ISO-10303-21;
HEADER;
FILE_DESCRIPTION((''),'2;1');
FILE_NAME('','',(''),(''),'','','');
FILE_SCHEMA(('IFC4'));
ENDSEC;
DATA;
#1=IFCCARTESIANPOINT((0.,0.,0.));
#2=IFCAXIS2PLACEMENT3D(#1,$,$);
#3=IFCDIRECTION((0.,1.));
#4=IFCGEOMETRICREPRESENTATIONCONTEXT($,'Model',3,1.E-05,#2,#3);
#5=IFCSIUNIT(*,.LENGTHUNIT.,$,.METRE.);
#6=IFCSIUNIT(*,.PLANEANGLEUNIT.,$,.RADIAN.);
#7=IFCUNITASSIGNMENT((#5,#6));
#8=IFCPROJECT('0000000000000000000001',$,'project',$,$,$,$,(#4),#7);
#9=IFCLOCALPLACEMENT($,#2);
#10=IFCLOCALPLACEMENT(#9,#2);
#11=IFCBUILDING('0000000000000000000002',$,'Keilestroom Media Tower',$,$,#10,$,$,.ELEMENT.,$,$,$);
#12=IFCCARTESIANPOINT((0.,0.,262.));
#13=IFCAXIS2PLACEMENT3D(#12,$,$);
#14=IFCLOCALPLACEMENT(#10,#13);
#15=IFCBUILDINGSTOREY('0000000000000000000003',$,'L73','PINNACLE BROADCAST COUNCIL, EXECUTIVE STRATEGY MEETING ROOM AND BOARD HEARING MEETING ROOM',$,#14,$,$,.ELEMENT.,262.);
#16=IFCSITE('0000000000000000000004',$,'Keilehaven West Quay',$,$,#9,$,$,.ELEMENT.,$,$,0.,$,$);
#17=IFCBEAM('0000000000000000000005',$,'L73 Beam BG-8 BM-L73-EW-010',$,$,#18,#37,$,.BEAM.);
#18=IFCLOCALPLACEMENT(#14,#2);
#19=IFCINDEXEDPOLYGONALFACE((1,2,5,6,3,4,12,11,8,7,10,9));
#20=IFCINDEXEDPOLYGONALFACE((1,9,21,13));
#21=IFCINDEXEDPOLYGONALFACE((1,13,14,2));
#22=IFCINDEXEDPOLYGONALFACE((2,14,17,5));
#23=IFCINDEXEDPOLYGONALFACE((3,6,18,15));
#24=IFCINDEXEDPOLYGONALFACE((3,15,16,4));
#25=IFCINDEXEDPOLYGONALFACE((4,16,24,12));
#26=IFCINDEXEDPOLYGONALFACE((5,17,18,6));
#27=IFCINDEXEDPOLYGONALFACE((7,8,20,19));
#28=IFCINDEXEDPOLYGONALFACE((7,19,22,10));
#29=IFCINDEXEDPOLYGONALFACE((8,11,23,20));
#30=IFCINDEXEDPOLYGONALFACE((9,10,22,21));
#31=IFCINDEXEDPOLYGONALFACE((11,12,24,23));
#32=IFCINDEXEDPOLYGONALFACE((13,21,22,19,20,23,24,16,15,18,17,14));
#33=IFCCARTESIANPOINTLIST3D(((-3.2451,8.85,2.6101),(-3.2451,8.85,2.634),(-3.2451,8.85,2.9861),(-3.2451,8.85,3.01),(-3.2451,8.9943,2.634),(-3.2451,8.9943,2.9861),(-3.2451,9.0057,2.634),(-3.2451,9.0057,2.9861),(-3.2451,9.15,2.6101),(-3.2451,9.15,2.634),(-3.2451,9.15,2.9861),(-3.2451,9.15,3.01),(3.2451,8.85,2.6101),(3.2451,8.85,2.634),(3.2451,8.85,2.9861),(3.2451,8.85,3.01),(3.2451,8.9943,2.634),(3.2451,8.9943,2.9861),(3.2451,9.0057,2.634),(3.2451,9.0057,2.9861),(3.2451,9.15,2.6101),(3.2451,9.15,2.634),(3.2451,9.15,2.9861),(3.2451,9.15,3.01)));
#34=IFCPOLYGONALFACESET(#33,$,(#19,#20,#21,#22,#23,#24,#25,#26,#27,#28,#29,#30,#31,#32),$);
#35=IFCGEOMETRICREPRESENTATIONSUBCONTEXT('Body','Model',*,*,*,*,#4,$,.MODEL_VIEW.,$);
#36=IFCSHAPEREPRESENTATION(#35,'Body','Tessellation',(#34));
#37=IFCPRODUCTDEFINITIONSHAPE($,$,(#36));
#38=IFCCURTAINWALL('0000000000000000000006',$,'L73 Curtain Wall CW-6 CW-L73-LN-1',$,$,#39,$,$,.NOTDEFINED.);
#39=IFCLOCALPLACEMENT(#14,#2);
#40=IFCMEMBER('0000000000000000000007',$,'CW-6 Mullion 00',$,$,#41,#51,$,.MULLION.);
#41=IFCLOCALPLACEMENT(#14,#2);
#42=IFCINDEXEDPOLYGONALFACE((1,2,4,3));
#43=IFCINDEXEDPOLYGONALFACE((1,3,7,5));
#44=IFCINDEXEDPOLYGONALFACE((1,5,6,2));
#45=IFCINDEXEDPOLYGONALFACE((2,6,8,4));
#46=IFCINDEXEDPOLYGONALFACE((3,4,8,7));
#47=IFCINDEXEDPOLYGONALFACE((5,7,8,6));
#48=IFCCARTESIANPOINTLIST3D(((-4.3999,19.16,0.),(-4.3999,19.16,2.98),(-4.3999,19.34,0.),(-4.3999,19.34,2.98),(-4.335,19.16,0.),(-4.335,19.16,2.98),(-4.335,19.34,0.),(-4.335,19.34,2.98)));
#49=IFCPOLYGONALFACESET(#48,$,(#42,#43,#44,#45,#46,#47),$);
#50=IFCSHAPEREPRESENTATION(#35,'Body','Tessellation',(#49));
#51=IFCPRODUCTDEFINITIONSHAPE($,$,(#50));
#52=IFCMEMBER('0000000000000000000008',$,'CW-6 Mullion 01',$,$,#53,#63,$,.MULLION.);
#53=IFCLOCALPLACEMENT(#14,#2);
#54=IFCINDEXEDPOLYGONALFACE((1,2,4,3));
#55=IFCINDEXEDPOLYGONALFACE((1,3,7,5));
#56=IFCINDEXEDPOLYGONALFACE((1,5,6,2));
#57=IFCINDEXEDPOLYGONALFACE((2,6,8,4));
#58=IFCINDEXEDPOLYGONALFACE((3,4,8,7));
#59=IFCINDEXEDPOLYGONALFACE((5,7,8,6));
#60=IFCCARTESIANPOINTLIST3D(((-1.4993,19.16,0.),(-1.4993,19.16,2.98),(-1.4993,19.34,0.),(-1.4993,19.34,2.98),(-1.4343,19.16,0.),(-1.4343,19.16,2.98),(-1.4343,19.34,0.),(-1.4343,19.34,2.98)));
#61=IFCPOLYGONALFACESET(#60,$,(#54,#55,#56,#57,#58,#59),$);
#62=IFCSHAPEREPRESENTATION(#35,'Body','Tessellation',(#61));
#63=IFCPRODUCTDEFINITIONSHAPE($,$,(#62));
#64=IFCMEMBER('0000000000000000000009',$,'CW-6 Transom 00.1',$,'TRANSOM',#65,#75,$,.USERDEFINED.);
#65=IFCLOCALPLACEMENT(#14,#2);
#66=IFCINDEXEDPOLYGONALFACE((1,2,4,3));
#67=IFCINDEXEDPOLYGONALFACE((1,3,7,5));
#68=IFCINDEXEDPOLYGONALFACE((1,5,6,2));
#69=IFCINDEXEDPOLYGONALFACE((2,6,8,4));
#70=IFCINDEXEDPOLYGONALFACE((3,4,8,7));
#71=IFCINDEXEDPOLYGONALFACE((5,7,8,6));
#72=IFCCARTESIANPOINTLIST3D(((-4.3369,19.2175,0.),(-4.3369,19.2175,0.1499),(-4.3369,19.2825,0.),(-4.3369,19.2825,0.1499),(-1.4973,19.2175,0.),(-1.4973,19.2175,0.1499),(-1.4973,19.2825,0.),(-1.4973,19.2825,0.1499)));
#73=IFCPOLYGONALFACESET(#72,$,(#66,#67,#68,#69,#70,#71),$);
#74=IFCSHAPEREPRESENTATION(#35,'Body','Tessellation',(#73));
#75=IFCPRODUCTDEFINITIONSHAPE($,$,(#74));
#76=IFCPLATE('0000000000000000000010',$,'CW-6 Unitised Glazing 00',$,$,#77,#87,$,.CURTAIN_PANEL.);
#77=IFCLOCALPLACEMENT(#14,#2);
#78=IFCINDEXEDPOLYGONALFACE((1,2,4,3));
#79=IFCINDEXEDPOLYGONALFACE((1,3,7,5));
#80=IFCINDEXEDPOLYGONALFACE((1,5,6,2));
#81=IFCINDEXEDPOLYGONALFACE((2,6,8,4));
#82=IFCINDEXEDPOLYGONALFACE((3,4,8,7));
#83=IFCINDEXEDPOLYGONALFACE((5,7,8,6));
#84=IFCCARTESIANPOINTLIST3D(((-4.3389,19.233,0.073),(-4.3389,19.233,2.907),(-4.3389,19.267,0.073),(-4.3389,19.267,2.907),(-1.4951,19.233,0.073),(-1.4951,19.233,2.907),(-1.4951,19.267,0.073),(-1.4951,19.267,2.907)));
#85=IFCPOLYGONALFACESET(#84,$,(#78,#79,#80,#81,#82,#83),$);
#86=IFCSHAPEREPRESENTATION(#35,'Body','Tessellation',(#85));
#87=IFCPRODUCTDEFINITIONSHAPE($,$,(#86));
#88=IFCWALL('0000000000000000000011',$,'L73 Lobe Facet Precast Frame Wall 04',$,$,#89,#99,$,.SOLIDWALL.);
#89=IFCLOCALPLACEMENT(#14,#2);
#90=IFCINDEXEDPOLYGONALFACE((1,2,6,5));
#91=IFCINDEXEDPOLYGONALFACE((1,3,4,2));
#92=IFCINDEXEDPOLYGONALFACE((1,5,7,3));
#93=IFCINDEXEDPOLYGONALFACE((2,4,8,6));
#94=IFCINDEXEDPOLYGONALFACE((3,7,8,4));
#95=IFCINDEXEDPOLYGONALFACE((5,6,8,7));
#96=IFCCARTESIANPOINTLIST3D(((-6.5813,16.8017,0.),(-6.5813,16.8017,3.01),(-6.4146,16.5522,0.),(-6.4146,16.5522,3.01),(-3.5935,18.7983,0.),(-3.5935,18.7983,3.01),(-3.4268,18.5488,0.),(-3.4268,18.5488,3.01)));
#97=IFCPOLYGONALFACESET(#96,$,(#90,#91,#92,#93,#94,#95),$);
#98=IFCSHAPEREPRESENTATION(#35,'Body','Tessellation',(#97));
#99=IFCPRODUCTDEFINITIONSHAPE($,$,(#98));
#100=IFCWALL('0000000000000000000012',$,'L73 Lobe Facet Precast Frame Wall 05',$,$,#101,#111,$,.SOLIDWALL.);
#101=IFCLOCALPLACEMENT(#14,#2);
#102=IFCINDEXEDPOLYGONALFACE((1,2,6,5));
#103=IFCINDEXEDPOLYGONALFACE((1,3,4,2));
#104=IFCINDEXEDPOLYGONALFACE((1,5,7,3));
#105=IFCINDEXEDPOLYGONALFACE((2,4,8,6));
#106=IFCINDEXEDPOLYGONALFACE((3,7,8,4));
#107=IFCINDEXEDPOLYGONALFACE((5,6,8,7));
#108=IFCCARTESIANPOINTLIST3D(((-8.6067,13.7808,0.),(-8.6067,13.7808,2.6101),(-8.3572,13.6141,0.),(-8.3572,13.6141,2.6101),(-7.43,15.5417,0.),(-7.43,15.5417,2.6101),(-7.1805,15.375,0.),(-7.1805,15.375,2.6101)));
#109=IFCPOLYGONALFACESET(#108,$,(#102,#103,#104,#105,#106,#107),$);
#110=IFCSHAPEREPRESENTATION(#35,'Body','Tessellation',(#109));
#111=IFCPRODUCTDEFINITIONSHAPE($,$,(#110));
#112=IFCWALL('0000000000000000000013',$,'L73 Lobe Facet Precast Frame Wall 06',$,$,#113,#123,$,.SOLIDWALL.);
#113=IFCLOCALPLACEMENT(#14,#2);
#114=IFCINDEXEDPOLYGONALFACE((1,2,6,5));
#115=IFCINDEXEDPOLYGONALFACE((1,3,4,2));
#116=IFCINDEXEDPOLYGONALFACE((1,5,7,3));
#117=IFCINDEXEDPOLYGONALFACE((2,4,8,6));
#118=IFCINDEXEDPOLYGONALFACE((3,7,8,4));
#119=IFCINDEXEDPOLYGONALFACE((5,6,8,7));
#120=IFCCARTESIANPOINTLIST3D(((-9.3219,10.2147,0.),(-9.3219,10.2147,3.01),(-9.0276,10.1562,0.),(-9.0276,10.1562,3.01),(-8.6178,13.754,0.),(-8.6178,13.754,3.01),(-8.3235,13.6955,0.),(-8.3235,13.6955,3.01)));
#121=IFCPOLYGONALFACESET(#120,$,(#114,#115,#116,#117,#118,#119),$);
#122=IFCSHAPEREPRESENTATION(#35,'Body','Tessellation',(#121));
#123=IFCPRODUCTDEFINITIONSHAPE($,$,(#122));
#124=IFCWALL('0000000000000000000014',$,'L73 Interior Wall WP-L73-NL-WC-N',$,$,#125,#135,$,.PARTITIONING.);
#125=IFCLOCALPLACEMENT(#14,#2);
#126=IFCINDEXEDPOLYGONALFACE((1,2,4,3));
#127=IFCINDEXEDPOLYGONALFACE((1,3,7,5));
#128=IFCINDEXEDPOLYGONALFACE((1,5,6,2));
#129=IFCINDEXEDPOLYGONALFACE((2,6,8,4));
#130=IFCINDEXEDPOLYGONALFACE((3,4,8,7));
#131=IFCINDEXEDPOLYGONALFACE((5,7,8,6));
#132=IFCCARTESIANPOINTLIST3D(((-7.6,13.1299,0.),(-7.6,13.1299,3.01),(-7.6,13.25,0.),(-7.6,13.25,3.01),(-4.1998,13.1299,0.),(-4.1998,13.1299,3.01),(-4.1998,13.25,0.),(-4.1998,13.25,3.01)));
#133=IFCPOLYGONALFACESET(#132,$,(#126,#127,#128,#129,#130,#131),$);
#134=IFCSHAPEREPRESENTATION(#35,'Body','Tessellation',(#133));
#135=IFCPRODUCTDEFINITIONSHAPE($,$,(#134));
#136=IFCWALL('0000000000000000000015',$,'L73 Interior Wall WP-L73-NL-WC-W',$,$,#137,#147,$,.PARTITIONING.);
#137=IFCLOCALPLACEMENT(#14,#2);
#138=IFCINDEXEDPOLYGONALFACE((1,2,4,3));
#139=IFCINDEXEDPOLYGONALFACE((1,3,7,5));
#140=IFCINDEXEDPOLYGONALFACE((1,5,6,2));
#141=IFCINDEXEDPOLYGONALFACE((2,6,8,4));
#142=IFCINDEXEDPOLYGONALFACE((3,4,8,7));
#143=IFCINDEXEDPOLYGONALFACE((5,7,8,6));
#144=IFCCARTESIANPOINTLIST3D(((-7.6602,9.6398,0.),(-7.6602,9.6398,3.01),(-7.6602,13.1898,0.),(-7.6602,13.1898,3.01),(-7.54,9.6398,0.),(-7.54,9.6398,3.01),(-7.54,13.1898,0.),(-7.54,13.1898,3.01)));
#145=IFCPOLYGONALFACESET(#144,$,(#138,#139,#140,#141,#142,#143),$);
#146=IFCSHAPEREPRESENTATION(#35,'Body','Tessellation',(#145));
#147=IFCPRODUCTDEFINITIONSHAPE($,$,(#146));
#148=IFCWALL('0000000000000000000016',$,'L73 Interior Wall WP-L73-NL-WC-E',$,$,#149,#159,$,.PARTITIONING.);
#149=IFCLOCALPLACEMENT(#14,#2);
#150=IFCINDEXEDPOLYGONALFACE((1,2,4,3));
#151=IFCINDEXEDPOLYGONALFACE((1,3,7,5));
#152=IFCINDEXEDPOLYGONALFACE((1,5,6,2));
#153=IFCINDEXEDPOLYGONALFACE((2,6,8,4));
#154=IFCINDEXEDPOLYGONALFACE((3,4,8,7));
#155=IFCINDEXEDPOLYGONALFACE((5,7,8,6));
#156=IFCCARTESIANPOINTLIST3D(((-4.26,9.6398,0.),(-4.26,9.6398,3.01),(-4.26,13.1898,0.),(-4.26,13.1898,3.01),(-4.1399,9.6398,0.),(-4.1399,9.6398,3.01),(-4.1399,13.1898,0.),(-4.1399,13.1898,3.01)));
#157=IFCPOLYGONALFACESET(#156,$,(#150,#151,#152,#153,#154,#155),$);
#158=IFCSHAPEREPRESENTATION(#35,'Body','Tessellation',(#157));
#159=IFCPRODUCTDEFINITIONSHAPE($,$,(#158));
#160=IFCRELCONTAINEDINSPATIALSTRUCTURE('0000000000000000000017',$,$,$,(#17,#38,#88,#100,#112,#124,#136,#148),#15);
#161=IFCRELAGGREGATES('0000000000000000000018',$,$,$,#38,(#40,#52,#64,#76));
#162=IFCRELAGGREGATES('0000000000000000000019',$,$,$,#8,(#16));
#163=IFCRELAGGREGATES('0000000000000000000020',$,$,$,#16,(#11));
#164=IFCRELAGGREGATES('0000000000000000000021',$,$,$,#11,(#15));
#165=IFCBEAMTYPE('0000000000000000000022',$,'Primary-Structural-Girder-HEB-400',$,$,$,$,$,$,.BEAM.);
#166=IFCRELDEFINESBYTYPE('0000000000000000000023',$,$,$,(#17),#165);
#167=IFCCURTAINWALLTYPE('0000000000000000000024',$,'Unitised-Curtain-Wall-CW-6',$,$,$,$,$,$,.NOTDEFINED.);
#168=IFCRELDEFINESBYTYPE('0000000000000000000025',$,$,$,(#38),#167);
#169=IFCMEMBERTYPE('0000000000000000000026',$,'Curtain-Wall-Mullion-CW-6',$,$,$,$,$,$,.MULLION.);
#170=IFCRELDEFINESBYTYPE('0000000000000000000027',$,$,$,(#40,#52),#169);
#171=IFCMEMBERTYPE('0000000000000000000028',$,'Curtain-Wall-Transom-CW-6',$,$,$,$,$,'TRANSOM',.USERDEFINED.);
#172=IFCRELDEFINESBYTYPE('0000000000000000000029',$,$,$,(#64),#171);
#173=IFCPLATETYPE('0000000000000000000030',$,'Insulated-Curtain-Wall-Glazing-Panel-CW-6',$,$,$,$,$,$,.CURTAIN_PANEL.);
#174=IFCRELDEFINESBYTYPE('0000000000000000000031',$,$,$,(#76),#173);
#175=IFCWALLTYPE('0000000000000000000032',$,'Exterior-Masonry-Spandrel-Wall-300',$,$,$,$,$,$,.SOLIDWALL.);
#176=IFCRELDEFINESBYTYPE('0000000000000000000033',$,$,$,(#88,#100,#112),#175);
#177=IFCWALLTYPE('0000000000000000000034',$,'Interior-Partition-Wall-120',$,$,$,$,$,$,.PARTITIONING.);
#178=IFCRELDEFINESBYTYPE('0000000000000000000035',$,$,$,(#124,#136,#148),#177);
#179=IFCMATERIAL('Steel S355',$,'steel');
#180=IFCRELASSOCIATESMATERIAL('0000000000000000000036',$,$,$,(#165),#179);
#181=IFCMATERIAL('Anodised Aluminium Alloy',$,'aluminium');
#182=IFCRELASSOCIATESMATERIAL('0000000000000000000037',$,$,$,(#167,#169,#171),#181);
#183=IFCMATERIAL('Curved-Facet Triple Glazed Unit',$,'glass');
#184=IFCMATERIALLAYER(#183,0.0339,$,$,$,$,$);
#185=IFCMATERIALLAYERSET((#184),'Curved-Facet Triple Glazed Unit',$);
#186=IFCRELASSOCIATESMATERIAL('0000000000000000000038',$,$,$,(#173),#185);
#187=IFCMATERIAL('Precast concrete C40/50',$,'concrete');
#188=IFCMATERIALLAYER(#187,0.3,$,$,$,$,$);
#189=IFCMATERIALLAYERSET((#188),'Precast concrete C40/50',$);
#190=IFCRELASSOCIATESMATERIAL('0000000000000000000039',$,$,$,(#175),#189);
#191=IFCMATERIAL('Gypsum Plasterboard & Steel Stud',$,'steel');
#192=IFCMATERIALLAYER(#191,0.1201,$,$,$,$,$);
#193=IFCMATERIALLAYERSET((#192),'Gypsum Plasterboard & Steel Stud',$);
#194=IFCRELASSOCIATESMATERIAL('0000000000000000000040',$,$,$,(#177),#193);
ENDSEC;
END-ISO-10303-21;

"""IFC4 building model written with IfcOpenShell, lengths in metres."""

from ifc_helpers import new_model, si_unit, direction, frame, frame_2d, origin, origin_2d, place, context, subcontext, project, spatial, rectangle, i_section, extrude, source, transform, mapped, material, layer, layer_set, material_profile, profile_set, type_object, element, aggregate, save


model = new_model("IFC4")

# Units and contexts
model_context = context("Model", 3, precision=1e-05, world=origin(), true_north=direction((0.0, 1.0)))
body_context = subcontext(model_context, "Body", "Model", "MODEL_VIEW")
ifc_project = project(units=[si_unit("LENGTHUNIT", "METRE"), si_unit("PLANEANGLEUNIT", "RADIAN")], contexts=[model_context])

# Site, building, storey
site_placement = place(None, origin())
site = spatial("IfcSite", under=ifc_project, at=site_placement, Name="Keilehaven West Quay", CompositionType="ELEMENT", RefElevation=0.0)
building_placement = place(site_placement, origin())
building = spatial("IfcBuilding", under=site, at=building_placement, Name="Keilestroom Media Tower", CompositionType="ELEMENT")
storey_placement = place(building_placement, frame((0.0, 0.0, 262.0)))
storey = spatial("IfcBuildingStorey", under=building, at=storey_placement, Name="L73", Description="PINNACLE BROADCAST COUNCIL, EXECUTIVE STRATEGY MEETING ROOM AND BOARD HEARING MEETING ROOM", CompositionType="ELEMENT", Elevation=262.0)

# Shared definitions
ifc_material_1 = material(Name="Steel S355", Category="steel")

# Beam
ifc_material_profile_1 = material_profile(ifc_material_1, i_section(OverallWidth=0.3, OverallDepth=0.3999, WebThickness=0.0115, FlangeThickness=0.0239, at=origin_2d()), Name="HEB 400")
ifc_profile_set_1 = profile_set([ifc_material_profile_1], Name="Steel S355")
beam_type = type_object("IfcBeamType", Name="Primary-Structural-Girder-HEB-400", PredefinedType="BEAM", material=ifc_profile_set_1)
shared_shape_1 = source(origin(), body_context, "Body", "SweptSolid", [
    extrude(i_section(OverallWidth=0.3, OverallDepth=0.3999, WebThickness=0.0115, FlangeThickness=0.0239, at=origin_2d()), origin(), (0.0, 0.0, 1.0), 6.4902),
])
beam_1_placement = place(storey_placement, frame((-3.2451, 9.0, 2.8101), z_axis=(1.0, 0.0, 0.0), x_axis=(0.0, 1.0, 0.0)))
element("IfcBeam", 1, at=beam_1_placement, inside=storey, type_object=beam_type, Name="L73 Beam BG-8 BM-L73-EW-010", PredefinedType="BEAM", context=body_context, shape_type="MappedRepresentation", body=[
    mapped(shared_shape_1, transform((0.0, 0.0, 0.0), x_axis=(1.0, 0.0, 0.0), y_axis=(0.0, 1.0, 0.0), z_axis=(0.0, 0.0, 1.0), scale=1.0)),
])

# Curtain wall, members, plate
ifc_material_2 = material(Name="Anodised Aluminium Alloy", Category="aluminium")
curtain_wall_type = type_object("IfcCurtainWallType", Name="Unitised-Curtain-Wall-CW-6", PredefinedType="NOTDEFINED", material=ifc_material_2)
curtain_wall_placement = place(storey_placement, origin())
curtain_wall = element("IfcCurtainWall", 2, at=curtain_wall_placement, inside=storey, type_object=curtain_wall_type, Name="L73 Curtain Wall CW-6 CW-L73-LN-1", PredefinedType="NOTDEFINED")
ifc_material_profile_2 = material_profile(ifc_material_2, rectangle(XDim=0.0649, YDim=0.1799, at=origin_2d()), Name="ALU MULLION 65x180")
ifc_profile_set_2 = profile_set([ifc_material_profile_2], Name="Anodised Aluminium Alloy")
member_type_1 = type_object("IfcMemberType", Name="Curtain-Wall-Mullion-CW-6", PredefinedType="MULLION", material=ifc_profile_set_2)
shared_shape_2 = source(origin(), body_context, "Body", "SweptSolid", [
    extrude(rectangle(XDim=0.0649, YDim=0.1799, at=origin_2d()), origin(), (0.0, 0.0, 1.0), 2.98),
])
member_1_placement = place(storey_placement, frame((-4.3674, 19.25, 0.0), z_axis=(0.0, 0.0, 1.0), x_axis=(1.0, 0.0, 0.0)))
member_1 = element("IfcMember", 3, at=member_1_placement, type_object=member_type_1, Name="CW-6 Mullion 00", PredefinedType="MULLION", context=body_context, shape_type="MappedRepresentation", body=[
    mapped(shared_shape_2, transform((0.0, 0.0, 0.0), x_axis=(1.0, 0.0, 0.0), y_axis=(0.0, 1.0, 0.0), z_axis=(0.0, 0.0, 1.0), scale=1.0)),
])
member_2_placement = place(storey_placement, frame((-1.4668, 19.25, 0.0), z_axis=(0.0, 0.0, 1.0), x_axis=(1.0, 0.0, 0.0)))
member_2 = element("IfcMember", 4, at=member_2_placement, type_object=member_type_1, Name="CW-6 Mullion 01", PredefinedType="MULLION", context=body_context, shape_type="MappedRepresentation", body=[
    mapped(shared_shape_2, transform((0.0, 0.0, 0.0), x_axis=(1.0, 0.0, 0.0), y_axis=(0.0, 1.0, 0.0), z_axis=(0.0, 0.0, 1.0), scale=1.0)),
])
ifc_material_profile_3 = material_profile(ifc_material_2, rectangle(XDim=0.0649, YDim=0.1499, at=origin_2d()), Name="ALU TRANSOM 65x150")
ifc_profile_set_3 = profile_set([ifc_material_profile_3], Name="Anodised Aluminium Alloy")
member_type_2 = type_object("IfcMemberType", Name="Curtain-Wall-Transom-CW-6", ElementType="TRANSOM", PredefinedType="USERDEFINED", material=ifc_profile_set_3)
shared_shape_3 = source(origin(), body_context, "Body", "SweptSolid", [
    extrude(rectangle(XDim=0.0649, YDim=0.1499, at=origin_2d()), origin(), (0.0, 0.0, 1.0), 2.8396),
])
member_3_placement = place(storey_placement, frame((-4.3369, 19.25, 0.075), z_axis=(1.0, 0.0, 0.0), x_axis=(0.0, 1.0, 0.0)))
member_3 = element("IfcMember", 5, at=member_3_placement, type_object=member_type_2, Name="CW-6 Transom 00.1", ObjectType="TRANSOM", PredefinedType="USERDEFINED", context=body_context, shape_type="MappedRepresentation", body=[
    mapped(shared_shape_3, transform((0.0, 0.0, 0.0), x_axis=(1.0, 0.0, 0.0), y_axis=(0.0, 1.0, 0.0), z_axis=(0.0, 0.0, 1.0), scale=1.0)),
])
ifc_material_3 = material(Name="Curved-Facet Triple Glazed Unit", Category="glass")
ifc_layer_1 = layer(ifc_material_3, 0.0339)
ifc_layer_set_1 = layer_set([ifc_layer_1], Name="Curved-Facet Triple Glazed Unit")
plate_type = type_object("IfcPlateType", Name="Insulated-Curtain-Wall-Glazing-Panel-CW-6", PredefinedType="CURTAIN_PANEL", material=ifc_layer_set_1)
shared_shape_4 = source(origin(), body_context, "Body", "SweptSolid", [
    extrude(rectangle(XDim=2.8438, YDim=0.0339, at=origin_2d()), origin(), (0.0, 0.0, 1.0), 2.834),
])
plate_placement = place(storey_placement, frame((-2.917, 19.25, 0.073), z_axis=(0.0, 0.0, 1.0), x_axis=(1.0, 0.0, 0.0)))
plate = element("IfcPlate", 6, at=plate_placement, type_object=plate_type, Name="CW-6 Unitised Glazing 00", PredefinedType="CURTAIN_PANEL", context=body_context, shape_type="MappedRepresentation", body=[
    mapped(shared_shape_4, transform((0.0, 0.0, 0.0), x_axis=(1.0, 0.0, 0.0), y_axis=(0.0, 1.0, 0.0), z_axis=(0.0, 0.0, 1.0), scale=1.0)),
])
aggregate(curtain_wall, [member_1, member_2, member_3, plate])

# Walls
ifc_material_4 = material(Name="Precast concrete C40/50", Category="concrete")
ifc_layer_2 = layer(ifc_material_4, 0.3)
ifc_layer_set_2 = layer_set([ifc_layer_2], Name="Precast concrete C40/50")
wall_type_1 = type_object("IfcWallType", Name="Exterior-Masonry-Spandrel-Wall-300", PredefinedType="SOLIDWALL", material=ifc_layer_set_2)
wall_1_placement = place(storey_placement, frame((-3.51, 18.6736, 0.0), z_axis=(0.0, 0.0, 1.0), x_axis=(-0.831444, -0.555609, 0.0)))
element("IfcWall", 7, at=wall_1_placement, inside=storey, type_object=wall_type_1, Name="L73 Lobe Facet Precast Frame Wall 04", PredefinedType="SOLIDWALL", context=body_context, shape_type="SweptSolid", body=[
    extrude(rectangle(XDim=3.5935, YDim=0.3, at=frame_2d((1.7969, 0.0))), origin(), (0.0, 0.0, 1.0), 3.01),
])
wall_2_placement = place(storey_placement, frame((-7.3052, 15.4585, 0.0), z_axis=(0.0, 0.0, 1.0), x_axis=(-0.555604, -0.831447, 0.0)))
element("IfcWall", 8, at=wall_2_placement, inside=storey, type_object=wall_type_1, Name="L73 Lobe Facet Precast Frame Wall 05", PredefinedType="SOLIDWALL", context=body_context, shape_type="SweptSolid", body=[
    extrude(rectangle(XDim=2.1179, YDim=0.3, at=frame_2d((1.0591, 0.0))), origin(), (0.0, 0.0, 1.0), 2.6101),
])
wall_3_placement = place(storey_placement, frame((-8.4707, 13.7246, 0.0), z_axis=(0.0, 0.0, 1.0), x_axis=(-0.195114, -0.980781, 0.0)))
element("IfcWall", 9, at=wall_3_placement, inside=storey, type_object=wall_type_1, Name="L73 Lobe Facet Precast Frame Wall 06", PredefinedType="SOLIDWALL", context=body_context, shape_type="SweptSolid", body=[
    extrude(rectangle(XDim=3.6086, YDim=0.3, at=frame_2d((1.8042, 0.0))), origin(), (0.0, 0.0, 1.0), 3.01),
])
ifc_material_5 = material(Name="Gypsum Plasterboard & Steel Stud", Category="steel")
ifc_layer_3 = layer(ifc_material_5, 0.1201)
ifc_layer_set_3 = layer_set([ifc_layer_3], Name="Gypsum Plasterboard & Steel Stud")
wall_type_2 = type_object("IfcWallType", Name="Interior-Partition-Wall-120", PredefinedType="PARTITIONING", material=ifc_layer_set_3)
wall_4_placement = place(storey_placement, frame((-7.6001, 13.1899, 0.0), z_axis=(0.0, 0.0, 1.0), x_axis=(1.0, 0.0, 0.0)))
element("IfcWall", 10, at=wall_4_placement, inside=storey, type_object=wall_type_2, Name="L73 Interior Wall WP-L73-NL-WC-N", PredefinedType="PARTITIONING", context=body_context, shape_type="SweptSolid", body=[
    extrude(rectangle(XDim=3.4001, YDim=0.1201, at=frame_2d((1.7002, 0.0))), origin(), (0.0, 0.0, 1.0), 3.01),
])
for number, where, z_axis, x_axis, name in (
    (11, (-7.6001, 9.6399, 0.0), (0.0, 0.0, 1.0), (0.0, 1.0, 0.0), "L73 Interior Wall WP-L73-NL-WC-W"),
    (12, (-4.2, 9.6399, 0.0), (0.0, 0.0, 1.0), (0.0, 1.0, 0.0), "L73 Interior Wall WP-L73-NL-WC-E"),
):
    element("IfcWall", number, at=place(storey_placement, frame(where, z_axis=z_axis, x_axis=x_axis)), inside=storey, type_object=wall_type_2, Name=name, PredefinedType="PARTITIONING", context=body_context, shape_type="SweptSolid", body=[
        extrude(rectangle(XDim=3.55, YDim=0.1201, at=frame_2d((1.7749, 0.0))), origin(), (0.0, 0.0, 1.0), 3.01),
    ])

save(model, "model.ifc")
